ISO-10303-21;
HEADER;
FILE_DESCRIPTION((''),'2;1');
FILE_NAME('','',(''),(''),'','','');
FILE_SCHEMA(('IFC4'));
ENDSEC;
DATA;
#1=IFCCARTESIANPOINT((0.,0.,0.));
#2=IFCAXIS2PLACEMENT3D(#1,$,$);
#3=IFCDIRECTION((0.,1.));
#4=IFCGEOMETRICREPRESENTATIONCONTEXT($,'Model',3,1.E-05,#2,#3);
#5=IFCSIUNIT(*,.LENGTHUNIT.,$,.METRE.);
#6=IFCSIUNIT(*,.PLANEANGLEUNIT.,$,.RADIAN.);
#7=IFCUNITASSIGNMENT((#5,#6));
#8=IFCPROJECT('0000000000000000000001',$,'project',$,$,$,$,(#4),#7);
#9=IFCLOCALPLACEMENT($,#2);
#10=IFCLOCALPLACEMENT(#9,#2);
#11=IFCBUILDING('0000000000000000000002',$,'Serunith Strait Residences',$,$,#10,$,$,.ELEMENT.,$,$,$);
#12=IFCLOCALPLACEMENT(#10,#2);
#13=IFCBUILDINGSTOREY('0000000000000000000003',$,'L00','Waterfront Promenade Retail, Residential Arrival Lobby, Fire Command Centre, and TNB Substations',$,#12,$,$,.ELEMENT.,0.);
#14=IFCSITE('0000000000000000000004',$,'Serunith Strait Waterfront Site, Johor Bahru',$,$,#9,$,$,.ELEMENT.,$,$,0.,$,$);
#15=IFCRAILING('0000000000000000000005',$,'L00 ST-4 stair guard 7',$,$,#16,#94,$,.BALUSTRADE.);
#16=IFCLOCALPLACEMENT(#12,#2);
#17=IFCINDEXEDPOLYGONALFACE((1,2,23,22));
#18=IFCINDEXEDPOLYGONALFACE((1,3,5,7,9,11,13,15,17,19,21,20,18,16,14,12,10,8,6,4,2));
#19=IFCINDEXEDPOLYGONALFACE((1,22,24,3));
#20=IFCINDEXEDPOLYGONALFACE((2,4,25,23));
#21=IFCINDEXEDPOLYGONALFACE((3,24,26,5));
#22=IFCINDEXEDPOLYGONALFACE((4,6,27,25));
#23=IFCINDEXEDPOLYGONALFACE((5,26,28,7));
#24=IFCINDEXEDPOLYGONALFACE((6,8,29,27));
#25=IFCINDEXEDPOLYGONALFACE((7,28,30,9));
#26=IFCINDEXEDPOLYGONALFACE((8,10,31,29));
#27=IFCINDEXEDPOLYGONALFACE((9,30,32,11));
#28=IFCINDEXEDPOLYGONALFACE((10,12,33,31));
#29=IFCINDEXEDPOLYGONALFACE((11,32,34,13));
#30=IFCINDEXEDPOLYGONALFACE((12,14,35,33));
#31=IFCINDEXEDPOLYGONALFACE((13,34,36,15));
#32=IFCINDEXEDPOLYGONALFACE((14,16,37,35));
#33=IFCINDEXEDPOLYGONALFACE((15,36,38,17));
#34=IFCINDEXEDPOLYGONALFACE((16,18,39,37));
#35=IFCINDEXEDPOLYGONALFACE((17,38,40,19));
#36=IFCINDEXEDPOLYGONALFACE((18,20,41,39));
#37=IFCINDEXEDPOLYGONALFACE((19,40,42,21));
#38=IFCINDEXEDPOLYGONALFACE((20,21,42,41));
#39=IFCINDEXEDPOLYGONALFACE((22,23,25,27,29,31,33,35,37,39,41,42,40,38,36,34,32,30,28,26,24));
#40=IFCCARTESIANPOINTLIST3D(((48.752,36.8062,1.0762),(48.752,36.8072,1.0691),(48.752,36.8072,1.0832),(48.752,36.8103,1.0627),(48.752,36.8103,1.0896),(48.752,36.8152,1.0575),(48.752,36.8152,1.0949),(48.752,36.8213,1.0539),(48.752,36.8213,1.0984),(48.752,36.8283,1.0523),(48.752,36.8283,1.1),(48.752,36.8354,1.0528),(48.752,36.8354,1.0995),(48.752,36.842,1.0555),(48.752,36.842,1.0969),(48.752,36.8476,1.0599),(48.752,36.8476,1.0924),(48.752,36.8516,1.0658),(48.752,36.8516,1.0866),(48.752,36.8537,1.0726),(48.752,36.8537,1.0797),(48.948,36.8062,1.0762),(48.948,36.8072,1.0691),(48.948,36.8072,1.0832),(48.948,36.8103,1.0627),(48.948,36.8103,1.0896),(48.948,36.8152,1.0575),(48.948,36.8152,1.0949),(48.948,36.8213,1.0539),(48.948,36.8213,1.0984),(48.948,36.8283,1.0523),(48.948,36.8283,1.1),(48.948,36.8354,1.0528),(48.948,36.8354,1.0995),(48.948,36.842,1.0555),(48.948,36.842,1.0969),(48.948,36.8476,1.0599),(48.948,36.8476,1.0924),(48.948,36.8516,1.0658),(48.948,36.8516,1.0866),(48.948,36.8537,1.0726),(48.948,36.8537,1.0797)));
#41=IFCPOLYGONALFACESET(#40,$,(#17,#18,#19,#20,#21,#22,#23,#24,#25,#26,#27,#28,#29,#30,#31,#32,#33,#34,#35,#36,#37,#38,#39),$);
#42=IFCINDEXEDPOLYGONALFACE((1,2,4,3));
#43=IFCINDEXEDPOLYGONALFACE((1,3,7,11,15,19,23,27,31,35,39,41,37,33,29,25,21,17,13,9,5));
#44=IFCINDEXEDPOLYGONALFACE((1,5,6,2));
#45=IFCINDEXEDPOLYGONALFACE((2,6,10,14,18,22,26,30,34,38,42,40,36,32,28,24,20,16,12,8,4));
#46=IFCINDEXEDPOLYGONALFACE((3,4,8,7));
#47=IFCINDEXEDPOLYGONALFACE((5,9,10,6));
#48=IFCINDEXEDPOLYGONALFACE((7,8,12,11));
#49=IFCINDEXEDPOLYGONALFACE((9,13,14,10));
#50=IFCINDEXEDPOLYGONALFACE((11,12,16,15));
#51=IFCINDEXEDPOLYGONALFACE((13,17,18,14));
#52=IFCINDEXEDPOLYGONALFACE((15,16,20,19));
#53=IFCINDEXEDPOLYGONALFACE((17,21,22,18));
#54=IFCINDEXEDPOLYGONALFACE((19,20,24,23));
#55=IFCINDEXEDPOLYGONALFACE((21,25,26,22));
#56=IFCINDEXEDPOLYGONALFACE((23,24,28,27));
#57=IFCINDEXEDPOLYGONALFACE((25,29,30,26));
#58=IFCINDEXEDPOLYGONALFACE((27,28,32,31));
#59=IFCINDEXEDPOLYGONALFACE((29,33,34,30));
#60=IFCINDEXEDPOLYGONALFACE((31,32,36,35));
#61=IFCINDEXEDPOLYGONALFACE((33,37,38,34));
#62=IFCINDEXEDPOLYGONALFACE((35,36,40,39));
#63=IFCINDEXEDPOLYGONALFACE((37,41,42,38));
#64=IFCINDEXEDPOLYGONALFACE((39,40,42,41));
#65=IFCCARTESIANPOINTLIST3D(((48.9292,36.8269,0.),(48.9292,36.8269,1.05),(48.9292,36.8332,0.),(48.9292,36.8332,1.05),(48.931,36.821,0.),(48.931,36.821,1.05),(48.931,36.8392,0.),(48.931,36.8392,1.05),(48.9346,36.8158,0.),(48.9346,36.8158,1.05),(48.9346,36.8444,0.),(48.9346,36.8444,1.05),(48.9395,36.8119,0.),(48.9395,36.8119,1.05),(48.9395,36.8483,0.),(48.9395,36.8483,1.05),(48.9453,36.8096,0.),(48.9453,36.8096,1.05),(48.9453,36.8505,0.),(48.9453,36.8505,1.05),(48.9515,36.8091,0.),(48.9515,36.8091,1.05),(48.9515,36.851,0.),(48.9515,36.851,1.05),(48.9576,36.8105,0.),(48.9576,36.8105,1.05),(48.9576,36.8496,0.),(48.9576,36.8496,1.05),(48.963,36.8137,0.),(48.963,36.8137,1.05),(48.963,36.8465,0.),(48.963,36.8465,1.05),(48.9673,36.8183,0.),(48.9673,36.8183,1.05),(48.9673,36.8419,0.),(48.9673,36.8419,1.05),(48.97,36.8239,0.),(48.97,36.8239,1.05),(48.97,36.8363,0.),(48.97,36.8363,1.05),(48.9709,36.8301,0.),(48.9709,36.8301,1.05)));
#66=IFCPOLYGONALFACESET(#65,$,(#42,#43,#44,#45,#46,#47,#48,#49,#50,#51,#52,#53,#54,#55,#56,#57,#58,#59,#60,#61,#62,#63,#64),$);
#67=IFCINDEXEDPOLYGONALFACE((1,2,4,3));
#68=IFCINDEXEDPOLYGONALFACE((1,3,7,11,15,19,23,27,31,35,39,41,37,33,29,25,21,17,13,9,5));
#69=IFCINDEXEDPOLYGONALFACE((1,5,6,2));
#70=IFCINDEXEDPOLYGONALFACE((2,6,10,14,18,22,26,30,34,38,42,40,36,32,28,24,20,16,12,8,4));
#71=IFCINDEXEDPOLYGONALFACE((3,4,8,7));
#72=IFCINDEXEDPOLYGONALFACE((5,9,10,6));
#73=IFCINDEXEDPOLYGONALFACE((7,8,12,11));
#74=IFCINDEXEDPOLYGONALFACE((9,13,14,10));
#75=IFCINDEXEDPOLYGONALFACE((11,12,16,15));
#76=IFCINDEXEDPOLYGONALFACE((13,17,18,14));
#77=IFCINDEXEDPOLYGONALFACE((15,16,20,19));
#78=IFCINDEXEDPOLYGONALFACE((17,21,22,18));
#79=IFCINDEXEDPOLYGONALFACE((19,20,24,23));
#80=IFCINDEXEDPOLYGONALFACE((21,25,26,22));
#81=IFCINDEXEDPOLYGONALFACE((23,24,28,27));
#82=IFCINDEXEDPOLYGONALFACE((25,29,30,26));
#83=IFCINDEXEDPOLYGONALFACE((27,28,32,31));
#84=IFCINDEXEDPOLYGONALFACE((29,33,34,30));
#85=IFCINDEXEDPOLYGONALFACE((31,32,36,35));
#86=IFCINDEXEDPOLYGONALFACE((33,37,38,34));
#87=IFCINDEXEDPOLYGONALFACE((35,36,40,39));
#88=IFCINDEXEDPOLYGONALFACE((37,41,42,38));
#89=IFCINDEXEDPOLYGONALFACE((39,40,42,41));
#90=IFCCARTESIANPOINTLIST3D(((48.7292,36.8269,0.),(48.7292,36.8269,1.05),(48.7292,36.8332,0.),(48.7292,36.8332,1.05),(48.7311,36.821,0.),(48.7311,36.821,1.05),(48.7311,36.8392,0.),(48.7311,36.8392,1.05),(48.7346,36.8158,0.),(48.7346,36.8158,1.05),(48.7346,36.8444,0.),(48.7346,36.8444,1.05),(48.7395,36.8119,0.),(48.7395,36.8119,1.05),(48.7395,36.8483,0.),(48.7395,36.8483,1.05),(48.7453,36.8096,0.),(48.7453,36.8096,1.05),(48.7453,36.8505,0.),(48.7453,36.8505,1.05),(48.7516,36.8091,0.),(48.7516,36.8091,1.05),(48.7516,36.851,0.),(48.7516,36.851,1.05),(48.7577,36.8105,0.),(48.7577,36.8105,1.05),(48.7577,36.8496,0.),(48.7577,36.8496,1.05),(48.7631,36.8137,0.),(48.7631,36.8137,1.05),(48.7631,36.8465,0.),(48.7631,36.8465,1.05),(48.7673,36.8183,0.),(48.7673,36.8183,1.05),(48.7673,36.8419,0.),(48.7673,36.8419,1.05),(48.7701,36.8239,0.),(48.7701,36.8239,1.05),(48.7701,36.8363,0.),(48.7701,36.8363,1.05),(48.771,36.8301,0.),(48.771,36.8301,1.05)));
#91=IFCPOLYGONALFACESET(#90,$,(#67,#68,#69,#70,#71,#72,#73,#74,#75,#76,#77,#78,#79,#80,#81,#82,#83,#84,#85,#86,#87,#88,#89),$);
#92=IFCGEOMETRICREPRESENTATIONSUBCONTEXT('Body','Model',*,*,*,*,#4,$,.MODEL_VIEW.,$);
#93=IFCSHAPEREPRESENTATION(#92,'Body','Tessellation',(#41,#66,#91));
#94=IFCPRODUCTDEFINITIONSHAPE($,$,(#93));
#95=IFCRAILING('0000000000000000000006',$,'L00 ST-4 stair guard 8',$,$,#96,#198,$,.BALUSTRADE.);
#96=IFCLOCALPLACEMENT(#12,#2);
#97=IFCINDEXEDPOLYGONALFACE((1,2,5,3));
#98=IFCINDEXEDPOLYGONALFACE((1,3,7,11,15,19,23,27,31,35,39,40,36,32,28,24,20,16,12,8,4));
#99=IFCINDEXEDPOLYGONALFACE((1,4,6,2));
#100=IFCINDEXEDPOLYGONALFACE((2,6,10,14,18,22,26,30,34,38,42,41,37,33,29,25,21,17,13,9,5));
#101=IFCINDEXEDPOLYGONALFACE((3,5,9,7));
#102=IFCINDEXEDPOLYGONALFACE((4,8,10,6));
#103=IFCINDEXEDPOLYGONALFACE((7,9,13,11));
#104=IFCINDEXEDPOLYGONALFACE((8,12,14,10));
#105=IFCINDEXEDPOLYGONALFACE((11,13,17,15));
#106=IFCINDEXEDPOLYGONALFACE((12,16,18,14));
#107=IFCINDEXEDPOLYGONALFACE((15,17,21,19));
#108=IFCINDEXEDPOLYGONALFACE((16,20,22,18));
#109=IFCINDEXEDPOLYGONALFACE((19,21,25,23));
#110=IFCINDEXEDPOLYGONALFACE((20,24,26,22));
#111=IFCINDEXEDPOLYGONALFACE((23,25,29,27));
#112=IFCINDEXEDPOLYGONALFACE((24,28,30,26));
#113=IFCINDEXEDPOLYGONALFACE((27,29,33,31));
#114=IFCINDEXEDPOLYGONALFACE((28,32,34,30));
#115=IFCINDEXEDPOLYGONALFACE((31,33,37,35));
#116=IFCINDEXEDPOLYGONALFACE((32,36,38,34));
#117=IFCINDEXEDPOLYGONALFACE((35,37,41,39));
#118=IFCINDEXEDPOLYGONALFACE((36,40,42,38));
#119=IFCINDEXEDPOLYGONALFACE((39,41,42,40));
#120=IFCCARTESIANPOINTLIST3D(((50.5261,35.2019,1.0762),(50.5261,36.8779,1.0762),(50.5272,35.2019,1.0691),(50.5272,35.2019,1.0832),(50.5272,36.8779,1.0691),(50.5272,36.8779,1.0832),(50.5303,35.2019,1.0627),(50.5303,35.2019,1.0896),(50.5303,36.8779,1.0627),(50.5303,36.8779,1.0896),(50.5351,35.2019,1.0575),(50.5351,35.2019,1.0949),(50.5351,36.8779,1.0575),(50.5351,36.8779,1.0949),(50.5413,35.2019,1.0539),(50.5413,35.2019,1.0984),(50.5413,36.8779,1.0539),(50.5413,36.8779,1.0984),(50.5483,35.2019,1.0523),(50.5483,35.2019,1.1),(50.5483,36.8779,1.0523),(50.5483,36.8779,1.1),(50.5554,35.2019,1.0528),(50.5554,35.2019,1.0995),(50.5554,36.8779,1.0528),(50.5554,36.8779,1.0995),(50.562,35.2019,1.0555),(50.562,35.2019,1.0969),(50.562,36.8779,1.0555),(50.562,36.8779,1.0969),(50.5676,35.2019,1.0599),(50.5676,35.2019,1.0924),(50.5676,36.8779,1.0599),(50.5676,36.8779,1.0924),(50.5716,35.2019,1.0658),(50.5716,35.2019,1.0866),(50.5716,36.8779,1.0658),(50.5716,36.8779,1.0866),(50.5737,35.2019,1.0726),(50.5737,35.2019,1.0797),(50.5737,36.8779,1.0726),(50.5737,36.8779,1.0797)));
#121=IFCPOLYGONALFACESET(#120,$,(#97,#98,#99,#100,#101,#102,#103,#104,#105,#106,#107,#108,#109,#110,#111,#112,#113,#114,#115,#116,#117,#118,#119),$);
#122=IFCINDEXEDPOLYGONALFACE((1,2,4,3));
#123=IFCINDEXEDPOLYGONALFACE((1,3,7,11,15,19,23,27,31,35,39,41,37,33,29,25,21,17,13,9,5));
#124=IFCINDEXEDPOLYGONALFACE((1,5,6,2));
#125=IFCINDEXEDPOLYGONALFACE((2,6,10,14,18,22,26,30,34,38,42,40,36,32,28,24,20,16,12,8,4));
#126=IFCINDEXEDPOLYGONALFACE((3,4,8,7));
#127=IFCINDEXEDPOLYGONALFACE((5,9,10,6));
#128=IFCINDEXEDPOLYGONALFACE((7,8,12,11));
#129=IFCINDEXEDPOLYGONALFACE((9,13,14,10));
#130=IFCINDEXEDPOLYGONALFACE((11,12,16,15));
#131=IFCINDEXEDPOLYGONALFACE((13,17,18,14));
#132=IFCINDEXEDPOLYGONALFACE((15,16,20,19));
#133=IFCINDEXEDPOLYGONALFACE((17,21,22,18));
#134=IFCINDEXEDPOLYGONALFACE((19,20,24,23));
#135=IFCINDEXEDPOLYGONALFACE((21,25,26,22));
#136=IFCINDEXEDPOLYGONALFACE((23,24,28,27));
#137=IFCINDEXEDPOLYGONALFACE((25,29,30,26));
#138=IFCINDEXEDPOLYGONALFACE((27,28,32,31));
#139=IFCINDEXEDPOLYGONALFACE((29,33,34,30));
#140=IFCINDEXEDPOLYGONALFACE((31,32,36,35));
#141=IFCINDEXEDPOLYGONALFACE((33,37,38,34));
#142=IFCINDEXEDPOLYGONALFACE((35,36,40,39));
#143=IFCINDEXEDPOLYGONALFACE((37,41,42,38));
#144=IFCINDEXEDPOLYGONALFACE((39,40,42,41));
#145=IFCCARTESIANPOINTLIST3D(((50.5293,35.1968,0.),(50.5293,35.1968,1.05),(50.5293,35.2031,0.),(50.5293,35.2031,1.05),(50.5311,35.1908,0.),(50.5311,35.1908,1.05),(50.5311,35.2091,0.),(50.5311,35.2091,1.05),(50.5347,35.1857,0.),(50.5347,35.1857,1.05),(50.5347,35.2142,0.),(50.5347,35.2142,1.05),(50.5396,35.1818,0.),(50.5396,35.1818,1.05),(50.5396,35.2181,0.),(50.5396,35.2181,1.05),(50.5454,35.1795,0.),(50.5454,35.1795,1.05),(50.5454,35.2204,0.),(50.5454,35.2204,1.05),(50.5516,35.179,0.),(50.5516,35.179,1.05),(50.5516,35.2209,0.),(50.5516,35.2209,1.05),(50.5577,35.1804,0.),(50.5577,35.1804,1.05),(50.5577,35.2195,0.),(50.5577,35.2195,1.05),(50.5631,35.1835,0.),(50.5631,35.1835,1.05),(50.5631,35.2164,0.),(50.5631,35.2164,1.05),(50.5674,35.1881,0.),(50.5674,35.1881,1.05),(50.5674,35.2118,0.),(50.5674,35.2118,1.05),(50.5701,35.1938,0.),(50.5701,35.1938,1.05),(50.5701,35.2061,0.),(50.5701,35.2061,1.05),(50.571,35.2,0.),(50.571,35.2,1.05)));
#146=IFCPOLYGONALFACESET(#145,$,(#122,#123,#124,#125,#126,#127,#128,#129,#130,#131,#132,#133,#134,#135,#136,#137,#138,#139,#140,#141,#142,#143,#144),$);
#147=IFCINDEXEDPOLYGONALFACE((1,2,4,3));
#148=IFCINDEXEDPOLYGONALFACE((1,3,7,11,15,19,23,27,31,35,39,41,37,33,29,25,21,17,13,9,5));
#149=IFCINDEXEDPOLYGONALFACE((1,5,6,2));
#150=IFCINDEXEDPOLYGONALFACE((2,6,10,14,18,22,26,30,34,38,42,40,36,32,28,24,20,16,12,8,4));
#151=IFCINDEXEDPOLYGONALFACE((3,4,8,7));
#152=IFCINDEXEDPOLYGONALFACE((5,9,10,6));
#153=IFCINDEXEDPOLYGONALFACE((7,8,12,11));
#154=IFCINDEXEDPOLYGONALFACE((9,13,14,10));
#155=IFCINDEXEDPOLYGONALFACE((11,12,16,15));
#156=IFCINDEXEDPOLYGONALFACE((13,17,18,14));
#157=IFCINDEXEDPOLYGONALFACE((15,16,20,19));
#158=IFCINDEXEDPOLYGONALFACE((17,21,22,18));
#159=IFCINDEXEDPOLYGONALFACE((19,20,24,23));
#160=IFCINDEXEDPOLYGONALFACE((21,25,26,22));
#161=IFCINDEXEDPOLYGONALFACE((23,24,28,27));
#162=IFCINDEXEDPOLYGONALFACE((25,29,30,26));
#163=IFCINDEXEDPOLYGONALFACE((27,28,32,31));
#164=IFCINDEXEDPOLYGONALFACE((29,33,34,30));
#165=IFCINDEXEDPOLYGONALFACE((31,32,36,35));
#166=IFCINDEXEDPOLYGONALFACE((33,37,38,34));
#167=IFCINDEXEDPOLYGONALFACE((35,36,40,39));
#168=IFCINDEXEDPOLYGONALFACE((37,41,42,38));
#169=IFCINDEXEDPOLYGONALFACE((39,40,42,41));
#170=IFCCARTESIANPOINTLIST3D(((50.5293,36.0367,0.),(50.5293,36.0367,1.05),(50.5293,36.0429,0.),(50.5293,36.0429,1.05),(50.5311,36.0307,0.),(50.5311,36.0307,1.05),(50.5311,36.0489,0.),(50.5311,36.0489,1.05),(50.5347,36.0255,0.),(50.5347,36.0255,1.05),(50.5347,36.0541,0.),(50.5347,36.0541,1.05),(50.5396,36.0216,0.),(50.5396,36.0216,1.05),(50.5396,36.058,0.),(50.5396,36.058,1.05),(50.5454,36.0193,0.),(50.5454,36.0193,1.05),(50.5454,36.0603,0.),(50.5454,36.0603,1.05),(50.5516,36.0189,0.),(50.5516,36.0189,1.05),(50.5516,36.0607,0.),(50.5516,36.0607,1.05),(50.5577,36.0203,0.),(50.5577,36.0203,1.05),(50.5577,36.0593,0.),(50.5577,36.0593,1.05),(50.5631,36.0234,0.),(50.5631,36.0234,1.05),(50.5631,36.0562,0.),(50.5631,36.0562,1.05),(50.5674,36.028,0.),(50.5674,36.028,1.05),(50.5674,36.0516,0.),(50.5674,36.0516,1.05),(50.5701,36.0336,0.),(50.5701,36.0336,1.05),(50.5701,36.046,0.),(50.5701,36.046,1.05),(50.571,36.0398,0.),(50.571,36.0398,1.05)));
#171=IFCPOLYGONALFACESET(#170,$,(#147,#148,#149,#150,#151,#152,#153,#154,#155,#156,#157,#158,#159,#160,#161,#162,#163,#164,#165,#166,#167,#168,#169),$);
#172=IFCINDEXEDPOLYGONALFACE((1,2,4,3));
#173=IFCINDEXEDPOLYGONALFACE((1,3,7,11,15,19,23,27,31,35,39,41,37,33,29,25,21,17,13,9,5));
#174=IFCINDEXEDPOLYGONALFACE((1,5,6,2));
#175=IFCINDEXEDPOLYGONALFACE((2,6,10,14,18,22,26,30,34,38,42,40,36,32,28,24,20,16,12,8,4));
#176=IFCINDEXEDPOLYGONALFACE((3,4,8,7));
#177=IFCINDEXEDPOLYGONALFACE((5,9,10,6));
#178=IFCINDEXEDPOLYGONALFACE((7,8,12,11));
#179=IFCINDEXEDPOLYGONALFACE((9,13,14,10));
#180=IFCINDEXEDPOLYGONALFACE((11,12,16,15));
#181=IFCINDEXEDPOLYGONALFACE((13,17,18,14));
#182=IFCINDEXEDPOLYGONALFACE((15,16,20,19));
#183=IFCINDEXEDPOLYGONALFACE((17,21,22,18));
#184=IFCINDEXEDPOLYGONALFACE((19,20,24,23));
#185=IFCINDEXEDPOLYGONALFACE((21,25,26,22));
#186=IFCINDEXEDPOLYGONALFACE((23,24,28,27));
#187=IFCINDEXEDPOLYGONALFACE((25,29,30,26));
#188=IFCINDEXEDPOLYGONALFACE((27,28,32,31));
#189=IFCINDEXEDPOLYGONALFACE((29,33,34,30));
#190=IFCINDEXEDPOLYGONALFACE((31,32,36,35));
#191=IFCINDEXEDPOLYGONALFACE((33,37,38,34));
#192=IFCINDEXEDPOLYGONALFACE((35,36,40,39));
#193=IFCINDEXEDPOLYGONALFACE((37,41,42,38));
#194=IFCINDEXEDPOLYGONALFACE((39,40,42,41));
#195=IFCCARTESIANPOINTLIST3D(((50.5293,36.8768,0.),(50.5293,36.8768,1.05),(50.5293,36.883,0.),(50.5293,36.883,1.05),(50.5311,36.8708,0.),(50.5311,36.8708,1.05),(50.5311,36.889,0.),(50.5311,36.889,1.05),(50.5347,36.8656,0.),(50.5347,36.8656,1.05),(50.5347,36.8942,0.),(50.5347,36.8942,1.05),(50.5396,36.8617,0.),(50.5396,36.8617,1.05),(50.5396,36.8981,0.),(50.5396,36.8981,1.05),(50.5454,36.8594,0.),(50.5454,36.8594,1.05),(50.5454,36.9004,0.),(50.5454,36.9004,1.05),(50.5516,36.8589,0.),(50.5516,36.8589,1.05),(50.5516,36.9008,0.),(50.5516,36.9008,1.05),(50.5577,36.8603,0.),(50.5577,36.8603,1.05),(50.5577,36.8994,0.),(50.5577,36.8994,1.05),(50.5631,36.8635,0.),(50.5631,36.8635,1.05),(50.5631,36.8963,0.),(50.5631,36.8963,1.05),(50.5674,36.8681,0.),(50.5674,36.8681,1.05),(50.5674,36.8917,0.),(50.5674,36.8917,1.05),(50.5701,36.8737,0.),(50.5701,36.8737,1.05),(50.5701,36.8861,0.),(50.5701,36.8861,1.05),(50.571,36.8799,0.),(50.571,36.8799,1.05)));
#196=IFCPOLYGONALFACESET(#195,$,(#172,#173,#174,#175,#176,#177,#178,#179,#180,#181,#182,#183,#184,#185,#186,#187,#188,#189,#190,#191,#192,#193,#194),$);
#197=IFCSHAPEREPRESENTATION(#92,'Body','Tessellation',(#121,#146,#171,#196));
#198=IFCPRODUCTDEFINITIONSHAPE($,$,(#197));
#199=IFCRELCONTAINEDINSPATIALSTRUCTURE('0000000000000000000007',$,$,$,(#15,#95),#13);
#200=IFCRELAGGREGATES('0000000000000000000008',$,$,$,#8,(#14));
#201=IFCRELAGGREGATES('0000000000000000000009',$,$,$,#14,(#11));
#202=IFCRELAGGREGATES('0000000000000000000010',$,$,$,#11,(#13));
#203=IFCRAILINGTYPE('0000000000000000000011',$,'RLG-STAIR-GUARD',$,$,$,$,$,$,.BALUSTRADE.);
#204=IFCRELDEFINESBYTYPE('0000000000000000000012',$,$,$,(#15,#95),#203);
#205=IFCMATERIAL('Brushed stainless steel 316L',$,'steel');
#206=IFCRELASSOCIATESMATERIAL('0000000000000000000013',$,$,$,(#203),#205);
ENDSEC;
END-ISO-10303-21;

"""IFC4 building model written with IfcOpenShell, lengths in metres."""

from ifc_helpers import new_model, si_unit, direction, frame, origin, origin_2d, place, context, subcontext, project, spatial, circle, extrude, material, type_object, element, save


model = new_model("IFC4")

# Units and contexts
model_context = context("Model", 3, precision=1e-05, world=origin(), true_north=direction((0.0, 1.0)))
body_context = subcontext(model_context, "Body", "Model", "MODEL_VIEW")
ifc_project = project(units=[si_unit("LENGTHUNIT", "METRE"), si_unit("PLANEANGLEUNIT", "RADIAN")], contexts=[model_context])

# Site, building, storey
site_placement = place(None, origin())
site = spatial("IfcSite", under=ifc_project, at=site_placement, Name="Serunith Strait Waterfront Site, Johor Bahru", CompositionType="ELEMENT", RefElevation=0.0)
building_placement = place(site_placement, origin())
building = spatial("IfcBuilding", under=site, at=building_placement, Name="Serunith Strait Residences", CompositionType="ELEMENT")
storey_placement = place(building_placement, origin())
storey = spatial("IfcBuildingStorey", under=building, at=storey_placement, Name="L00", Description="Waterfront Promenade Retail, Residential Arrival Lobby, Fire Command Centre, and TNB Substations", CompositionType="ELEMENT", Elevation=0.0)

# Railings
ifc_material_1 = material(Name="Brushed stainless steel 316L", Category="steel")
railing_type_1 = type_object("IfcRailingType", Name="RLG-STAIR-GUARD", PredefinedType="BALUSTRADE", material=ifc_material_1)
railing_1_placement = place(storey_placement, frame((48.95, 36.8301, 0.0)))
element("IfcRailing", 1, at=railing_1_placement, inside=storey, type_object=railing_type_1, Name="L00 ST-4 stair guard 7", PredefinedType="BALUSTRADE", context=body_context, shape_type="SweptSolid", body=[
    extrude(circle(Radius=0.0239, at=origin_2d()), frame((-0.002, 0.0, 1.0762), z_axis=(-1.0, 0.0, 0.0), x_axis=(0.0, -1.0, 0.0)), (0.0, 0.0, 1.0), 0.196),
    extrude(circle(Radius=0.021, at=origin_2d()), origin(), (0.0, 0.0, 1.0), 1.05),
    extrude(circle(Radius=0.021, at=origin_2d()), frame((-0.2, 0.0, 0.0)), (0.0, 0.0, 1.0), 1.05),
])
for number, where, name in (
    (2, (50.55, 35.2, 0.0), "L00 ST-4 stair guard 8"),
):
    element("IfcRailing", number, at=place(storey_placement, frame(where)), inside=storey, type_object=railing_type_1, Name=name, PredefinedType="BALUSTRADE", context=body_context, shape_type="SweptSolid", body=[
        extrude(circle(Radius=0.0239, at=origin_2d()), frame((0.0, 0.002, 1.0762), z_axis=(0.0, 1.0, 0.0), x_axis=(-1.0, 0.0, 0.0)), (0.0, 0.0, 1.0), 1.676),
        extrude(circle(Radius=0.021, at=origin_2d()), origin(), (0.0, 0.0, 1.0), 1.05),
        extrude(circle(Radius=0.021, at=origin_2d()), frame((0.0, 0.8398, 0.0)), (0.0, 0.0, 1.0), 1.05),
        extrude(circle(Radius=0.021, at=origin_2d()), frame((0.0, 1.6799, 0.0)), (0.0, 0.0, 1.0), 1.05),
    ])

save(model, "model.ifc")
